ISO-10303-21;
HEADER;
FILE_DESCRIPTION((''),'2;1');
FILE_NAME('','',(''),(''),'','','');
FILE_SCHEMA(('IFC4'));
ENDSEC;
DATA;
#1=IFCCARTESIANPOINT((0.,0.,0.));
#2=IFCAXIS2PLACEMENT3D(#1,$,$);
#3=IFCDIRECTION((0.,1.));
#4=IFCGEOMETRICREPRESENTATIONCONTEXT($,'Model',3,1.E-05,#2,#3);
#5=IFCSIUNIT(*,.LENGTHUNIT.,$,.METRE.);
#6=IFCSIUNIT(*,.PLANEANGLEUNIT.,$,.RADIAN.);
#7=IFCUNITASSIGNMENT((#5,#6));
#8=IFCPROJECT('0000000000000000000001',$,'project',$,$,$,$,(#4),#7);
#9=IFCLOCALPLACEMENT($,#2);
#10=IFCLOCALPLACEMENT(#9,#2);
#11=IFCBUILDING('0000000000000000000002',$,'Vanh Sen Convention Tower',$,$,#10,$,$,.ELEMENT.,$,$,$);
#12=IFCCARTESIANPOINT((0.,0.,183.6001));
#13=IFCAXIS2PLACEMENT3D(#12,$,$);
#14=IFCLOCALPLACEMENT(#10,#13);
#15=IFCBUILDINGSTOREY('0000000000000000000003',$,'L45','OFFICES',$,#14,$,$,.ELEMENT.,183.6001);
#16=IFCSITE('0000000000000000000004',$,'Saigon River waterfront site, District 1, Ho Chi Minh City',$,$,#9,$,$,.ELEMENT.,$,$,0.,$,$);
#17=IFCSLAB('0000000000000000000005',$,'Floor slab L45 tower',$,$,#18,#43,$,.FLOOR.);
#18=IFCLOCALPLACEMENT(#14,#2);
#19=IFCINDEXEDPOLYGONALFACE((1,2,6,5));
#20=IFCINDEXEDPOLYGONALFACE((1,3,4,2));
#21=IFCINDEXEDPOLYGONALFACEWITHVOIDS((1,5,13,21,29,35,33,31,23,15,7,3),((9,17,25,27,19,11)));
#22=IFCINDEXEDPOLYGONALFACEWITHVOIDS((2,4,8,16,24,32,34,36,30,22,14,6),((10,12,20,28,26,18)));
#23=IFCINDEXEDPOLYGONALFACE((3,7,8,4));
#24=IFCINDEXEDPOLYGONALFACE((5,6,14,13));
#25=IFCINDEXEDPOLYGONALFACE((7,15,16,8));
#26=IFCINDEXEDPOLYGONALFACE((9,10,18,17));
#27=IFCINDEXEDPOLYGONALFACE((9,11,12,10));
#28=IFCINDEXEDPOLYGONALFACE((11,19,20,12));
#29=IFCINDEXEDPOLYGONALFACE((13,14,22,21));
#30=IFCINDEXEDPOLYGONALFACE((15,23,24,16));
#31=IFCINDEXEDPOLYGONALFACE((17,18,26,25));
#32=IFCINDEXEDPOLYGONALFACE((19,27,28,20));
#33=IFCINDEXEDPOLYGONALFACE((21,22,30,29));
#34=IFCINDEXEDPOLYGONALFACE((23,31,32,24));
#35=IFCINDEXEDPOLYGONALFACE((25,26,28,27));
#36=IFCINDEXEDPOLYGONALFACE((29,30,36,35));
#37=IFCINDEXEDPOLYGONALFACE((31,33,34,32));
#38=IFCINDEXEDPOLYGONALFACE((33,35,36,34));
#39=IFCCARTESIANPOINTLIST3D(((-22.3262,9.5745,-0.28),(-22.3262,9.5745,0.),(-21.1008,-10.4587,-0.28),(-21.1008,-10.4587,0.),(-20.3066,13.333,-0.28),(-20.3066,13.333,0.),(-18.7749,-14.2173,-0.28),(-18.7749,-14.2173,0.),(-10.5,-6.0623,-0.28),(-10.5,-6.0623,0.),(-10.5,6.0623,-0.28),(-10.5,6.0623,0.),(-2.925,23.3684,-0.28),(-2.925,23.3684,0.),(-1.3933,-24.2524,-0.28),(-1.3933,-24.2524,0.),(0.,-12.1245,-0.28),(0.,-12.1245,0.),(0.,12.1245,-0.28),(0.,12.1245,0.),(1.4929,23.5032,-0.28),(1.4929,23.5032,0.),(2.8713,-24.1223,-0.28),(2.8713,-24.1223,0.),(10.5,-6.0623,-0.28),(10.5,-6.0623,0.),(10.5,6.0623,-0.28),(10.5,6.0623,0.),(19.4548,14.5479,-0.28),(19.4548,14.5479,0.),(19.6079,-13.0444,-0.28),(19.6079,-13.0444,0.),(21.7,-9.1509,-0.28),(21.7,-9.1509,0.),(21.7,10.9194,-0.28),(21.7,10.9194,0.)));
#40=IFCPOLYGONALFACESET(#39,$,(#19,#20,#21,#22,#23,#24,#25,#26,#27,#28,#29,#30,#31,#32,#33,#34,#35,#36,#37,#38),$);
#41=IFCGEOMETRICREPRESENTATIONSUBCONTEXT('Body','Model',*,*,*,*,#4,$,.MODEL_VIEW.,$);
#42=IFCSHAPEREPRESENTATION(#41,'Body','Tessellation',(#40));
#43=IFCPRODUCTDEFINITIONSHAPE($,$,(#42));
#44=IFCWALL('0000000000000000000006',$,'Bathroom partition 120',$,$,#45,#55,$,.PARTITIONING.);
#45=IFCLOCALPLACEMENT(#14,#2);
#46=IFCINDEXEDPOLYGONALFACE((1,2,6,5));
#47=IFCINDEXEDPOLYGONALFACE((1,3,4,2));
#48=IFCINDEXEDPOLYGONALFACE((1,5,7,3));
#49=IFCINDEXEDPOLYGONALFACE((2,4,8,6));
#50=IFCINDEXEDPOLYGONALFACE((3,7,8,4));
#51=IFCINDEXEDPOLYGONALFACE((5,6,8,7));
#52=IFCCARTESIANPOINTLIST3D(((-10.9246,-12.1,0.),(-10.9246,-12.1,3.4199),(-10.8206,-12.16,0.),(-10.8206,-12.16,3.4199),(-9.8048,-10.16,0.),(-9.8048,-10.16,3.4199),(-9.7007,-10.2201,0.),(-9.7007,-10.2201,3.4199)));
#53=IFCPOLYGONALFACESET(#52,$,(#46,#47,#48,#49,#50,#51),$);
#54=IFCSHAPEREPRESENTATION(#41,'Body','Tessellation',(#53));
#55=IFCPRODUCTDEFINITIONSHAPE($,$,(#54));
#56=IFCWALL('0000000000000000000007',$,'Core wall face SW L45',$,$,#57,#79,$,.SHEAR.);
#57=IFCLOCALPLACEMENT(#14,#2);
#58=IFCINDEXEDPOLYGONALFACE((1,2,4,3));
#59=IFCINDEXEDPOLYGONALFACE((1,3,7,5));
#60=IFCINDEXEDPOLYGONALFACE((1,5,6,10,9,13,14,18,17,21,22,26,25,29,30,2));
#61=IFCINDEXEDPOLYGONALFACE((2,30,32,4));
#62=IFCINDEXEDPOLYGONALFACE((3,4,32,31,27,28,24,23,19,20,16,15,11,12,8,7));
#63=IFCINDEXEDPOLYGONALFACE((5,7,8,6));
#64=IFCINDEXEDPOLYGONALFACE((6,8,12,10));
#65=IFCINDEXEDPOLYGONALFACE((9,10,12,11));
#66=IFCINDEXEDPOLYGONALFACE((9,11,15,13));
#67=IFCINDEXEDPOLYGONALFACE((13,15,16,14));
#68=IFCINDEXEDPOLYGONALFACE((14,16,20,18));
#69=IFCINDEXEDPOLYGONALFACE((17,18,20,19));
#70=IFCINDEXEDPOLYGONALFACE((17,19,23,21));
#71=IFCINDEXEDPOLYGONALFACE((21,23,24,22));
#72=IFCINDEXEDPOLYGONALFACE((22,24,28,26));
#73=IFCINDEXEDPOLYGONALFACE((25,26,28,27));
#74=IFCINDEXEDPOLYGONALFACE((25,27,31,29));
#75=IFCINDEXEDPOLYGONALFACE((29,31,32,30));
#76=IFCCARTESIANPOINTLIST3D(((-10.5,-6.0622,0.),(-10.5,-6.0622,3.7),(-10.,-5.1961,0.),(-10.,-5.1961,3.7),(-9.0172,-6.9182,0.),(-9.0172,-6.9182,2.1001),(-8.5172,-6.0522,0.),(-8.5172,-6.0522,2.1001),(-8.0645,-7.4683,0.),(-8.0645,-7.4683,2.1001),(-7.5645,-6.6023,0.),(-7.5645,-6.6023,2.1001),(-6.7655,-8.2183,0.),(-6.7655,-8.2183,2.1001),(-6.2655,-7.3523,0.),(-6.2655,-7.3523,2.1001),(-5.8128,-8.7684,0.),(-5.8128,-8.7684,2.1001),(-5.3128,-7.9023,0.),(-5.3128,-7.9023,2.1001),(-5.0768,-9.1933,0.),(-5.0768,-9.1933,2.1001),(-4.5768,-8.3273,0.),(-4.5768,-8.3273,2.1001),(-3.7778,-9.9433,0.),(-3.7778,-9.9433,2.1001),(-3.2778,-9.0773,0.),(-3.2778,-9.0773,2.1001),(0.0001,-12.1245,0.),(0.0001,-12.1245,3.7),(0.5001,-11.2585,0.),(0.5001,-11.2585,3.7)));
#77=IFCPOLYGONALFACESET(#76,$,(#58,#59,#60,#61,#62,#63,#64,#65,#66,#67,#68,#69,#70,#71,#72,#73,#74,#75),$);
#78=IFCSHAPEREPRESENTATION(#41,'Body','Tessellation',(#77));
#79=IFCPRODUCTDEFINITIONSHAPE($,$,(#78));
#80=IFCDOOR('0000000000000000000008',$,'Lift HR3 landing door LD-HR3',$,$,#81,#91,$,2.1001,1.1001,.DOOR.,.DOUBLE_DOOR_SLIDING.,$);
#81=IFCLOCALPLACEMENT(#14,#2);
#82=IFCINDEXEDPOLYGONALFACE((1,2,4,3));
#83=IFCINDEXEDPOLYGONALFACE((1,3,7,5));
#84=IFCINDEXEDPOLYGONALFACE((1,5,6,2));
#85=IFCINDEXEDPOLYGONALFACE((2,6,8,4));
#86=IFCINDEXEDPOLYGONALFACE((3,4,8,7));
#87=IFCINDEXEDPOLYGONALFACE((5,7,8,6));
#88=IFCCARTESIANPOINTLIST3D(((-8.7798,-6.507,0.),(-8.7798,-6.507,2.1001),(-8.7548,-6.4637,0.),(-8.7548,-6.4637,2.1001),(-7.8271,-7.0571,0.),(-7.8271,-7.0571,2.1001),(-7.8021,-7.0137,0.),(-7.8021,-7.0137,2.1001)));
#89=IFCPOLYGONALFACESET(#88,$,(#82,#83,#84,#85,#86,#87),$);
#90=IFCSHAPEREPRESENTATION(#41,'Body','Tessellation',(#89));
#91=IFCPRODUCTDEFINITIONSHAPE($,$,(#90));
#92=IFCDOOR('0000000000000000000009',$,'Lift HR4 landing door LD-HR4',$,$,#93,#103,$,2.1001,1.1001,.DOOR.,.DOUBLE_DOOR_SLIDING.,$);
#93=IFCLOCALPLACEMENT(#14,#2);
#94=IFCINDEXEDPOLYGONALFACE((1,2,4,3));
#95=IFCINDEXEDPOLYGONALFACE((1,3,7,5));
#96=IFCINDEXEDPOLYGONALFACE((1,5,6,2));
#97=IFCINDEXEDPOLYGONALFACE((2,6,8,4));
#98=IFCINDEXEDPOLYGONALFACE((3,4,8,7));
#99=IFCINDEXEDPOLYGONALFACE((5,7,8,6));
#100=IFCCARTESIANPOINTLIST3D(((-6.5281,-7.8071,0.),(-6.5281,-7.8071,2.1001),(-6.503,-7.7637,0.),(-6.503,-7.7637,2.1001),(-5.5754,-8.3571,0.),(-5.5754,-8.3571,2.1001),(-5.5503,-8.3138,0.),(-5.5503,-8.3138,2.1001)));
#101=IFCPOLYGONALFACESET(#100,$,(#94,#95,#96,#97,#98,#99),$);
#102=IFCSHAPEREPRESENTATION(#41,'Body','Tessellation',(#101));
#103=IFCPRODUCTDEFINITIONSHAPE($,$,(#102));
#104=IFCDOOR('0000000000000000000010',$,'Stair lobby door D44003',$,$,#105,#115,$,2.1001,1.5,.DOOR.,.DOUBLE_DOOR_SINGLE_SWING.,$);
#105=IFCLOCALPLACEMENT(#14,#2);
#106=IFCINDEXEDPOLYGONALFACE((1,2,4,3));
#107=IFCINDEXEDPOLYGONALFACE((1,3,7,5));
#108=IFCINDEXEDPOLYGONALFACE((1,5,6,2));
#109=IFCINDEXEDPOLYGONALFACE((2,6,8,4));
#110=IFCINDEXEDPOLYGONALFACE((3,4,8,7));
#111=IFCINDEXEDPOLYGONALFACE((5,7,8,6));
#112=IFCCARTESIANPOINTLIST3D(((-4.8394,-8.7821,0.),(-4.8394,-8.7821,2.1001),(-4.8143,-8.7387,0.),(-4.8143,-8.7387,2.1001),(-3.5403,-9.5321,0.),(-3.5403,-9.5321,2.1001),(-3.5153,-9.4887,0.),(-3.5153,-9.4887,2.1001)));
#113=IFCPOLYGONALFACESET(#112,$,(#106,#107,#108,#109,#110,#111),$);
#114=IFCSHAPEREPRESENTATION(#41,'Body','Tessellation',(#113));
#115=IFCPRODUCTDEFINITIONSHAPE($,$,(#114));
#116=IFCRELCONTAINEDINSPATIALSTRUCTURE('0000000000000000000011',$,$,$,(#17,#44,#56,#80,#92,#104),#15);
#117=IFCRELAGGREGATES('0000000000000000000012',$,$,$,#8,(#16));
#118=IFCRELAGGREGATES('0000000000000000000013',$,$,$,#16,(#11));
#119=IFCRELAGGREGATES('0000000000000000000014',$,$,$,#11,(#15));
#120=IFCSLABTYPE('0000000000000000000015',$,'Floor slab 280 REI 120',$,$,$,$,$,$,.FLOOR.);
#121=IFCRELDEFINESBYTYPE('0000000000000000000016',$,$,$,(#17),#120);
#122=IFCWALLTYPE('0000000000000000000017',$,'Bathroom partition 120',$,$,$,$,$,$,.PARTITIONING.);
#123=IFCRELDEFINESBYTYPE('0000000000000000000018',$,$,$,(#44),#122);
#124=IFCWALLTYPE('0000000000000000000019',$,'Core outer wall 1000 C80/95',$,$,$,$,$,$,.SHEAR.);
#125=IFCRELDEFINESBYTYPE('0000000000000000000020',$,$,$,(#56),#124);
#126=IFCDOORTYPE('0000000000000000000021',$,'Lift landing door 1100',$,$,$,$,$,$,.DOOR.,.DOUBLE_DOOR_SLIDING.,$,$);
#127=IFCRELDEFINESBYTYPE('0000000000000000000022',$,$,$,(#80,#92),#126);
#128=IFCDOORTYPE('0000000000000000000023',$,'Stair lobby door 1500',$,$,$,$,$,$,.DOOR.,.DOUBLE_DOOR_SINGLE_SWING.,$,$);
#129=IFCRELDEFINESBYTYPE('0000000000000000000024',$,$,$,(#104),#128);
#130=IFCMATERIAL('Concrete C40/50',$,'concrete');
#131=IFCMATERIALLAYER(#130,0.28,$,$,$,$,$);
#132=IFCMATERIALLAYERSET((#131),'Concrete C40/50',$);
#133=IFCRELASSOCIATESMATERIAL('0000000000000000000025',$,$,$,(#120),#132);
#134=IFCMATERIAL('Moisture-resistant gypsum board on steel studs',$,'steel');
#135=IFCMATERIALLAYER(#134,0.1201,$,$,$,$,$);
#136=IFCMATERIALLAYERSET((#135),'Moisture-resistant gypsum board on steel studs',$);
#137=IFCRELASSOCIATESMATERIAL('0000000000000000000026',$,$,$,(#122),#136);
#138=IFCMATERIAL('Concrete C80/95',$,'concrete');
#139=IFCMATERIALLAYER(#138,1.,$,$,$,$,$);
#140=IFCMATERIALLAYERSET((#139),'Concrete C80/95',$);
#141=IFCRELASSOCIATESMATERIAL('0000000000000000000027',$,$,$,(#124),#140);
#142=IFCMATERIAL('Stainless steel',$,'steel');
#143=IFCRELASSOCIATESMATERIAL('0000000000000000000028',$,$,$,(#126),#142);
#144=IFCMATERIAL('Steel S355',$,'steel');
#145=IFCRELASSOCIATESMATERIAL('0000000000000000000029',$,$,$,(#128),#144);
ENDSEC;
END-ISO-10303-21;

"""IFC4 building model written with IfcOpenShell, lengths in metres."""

from ifc_helpers import new_model, si_unit, direction, frame, frame_2d, origin, place, context, subcontext, project, spatial, polyline, rectangle, outline, extrude, material, layer, layer_set, type_object, element, fill, save


model = new_model("IFC4")

# Units and contexts
model_context = context("Model", 3, precision=1e-05, world=origin(), true_north=direction((0.0, 1.0)))
body_context = subcontext(model_context, "Body", "Model", "MODEL_VIEW")
ifc_project = project(units=[si_unit("LENGTHUNIT", "METRE"), si_unit("PLANEANGLEUNIT", "RADIAN")], contexts=[model_context])

# Site, building, storey
site_placement = place(None, origin())
site = spatial("IfcSite", under=ifc_project, at=site_placement, Name="Saigon River waterfront site, District 1, Ho Chi Minh City", CompositionType="ELEMENT", RefElevation=0.0)
building_placement = place(site_placement, origin())
building = spatial("IfcBuilding", under=site, at=building_placement, Name="Vanh Sen Convention Tower", CompositionType="ELEMENT")
storey_placement = place(building_placement, frame((0.0, 0.0, 183.6001)))
storey = spatial("IfcBuildingStorey", under=building, at=storey_placement, Name="L45", Description="OFFICES", CompositionType="ELEMENT", Elevation=183.6001)

# Slab
ifc_material_1 = material(Name="Concrete C40/50", Category="concrete")
ifc_layer_1 = layer(ifc_material_1, 0.28)
ifc_layer_set_1 = layer_set([ifc_layer_1], Name="Concrete C40/50")
slab_type = type_object("IfcSlabType", Name="Floor slab 280 REI 120", PredefinedType="FLOOR", material=ifc_layer_set_1)
slab_placement = place(storey_placement, frame((0.0, 0.0, -0.28)))
element("IfcSlab", 1, at=slab_placement, inside=storey, type_object=slab_type, Name="Floor slab L45 tower", PredefinedType="FLOOR", context=body_context, shape_type="SweptSolid", body=[
    extrude(outline(polyline([(21.7, -9.1509), (21.7, 10.9194), (19.4548, 14.5479), (1.4929, 23.5032), (-2.925, 23.3684), (-20.3066, 13.333), (-22.3262, 9.5745), (-21.1008, -10.4587), (-18.7749, -14.2173), (-1.3933, -24.2524), (2.8713, -24.1223), (19.6079, -13.0444), (21.7, -9.1509)]), holes=[polyline([(0.0, 12.1245), (-10.5, 6.0623), (-10.5, -6.0623), (0.0, -12.1245), (10.5, -6.0623), (10.5, 6.0623), (0.0, 12.1245)])]), origin(), (0.0, 0.0, 1.0), 0.28),
])

# Wall
ifc_material_2 = material(Name="Moisture-resistant gypsum board on steel studs", Category="steel")
ifc_layer_2 = layer(ifc_material_2, 0.1201)
ifc_layer_set_2 = layer_set([ifc_layer_2], Name="Moisture-resistant gypsum board on steel studs")
wall_type_1 = type_object("IfcWallType", Name="Bathroom partition 120", PredefinedType="PARTITIONING", material=ifc_layer_set_2)
wall_1_placement = place(storey_placement, frame((-9.7527, -10.1899, 0.0), z_axis=(0.0, 0.0, 1.0), x_axis=(-0.499949, -0.866055, 0.0)))
element("IfcWall", 2, at=wall_1_placement, inside=storey, type_object=wall_type_1, Name="Bathroom partition 120", PredefinedType="PARTITIONING", context=body_context, shape_type="SweptSolid", body=[
    extrude(rectangle(XDim=2.24, YDim=0.1201, at=frame_2d((1.1201, 0.0))), origin(), (0.0, 0.0, 1.0), 3.4199),
])

# Wall, openings, doors
ifc_material_3 = material(Name="Concrete C80/95", Category="concrete")
ifc_layer_3 = layer(ifc_material_3, 1.0)
ifc_layer_set_3 = layer_set([ifc_layer_3], Name="Concrete C80/95")
wall_type_2 = type_object("IfcWallType", Name="Core outer wall 1000 C80/95", PredefinedType="SHEAR", material=ifc_layer_set_3)
wall_2_placement = place(storey_placement, frame((-10.25, -5.6292, 0.0), z_axis=(0.0, 0.0, 1.0), x_axis=(0.866023, -0.500005, 0.0)))
wall_2 = element("IfcWall", 3, at=wall_2_placement, inside=storey, type_object=wall_type_2, Name="Core wall face SW L45", PredefinedType="SHEAR", context=body_context, shape_type="SweptSolid", body=[
    extrude(rectangle(XDim=12.1245, YDim=1.0, at=frame_2d((6.0623, 0.0))), origin(), (0.0, 0.0, 1.0), 3.7),
])
opening_1_placement = place(wall_2_placement, frame((6.2622, 0.0, 0.0)))
opening_1 = element("IfcOpeningElement", 4, at=opening_1_placement, cuts=wall_2, PredefinedType="OPENING", context=body_context, shape_type="SweptSolid", body=[
    extrude(rectangle(XDim=1.5, YDim=2.1001, at=frame_2d((0.75, 1.05))), frame((0.0, 0.51, 0.0), z_axis=(0.0, -1.0, 0.0), x_axis=(1.0, 0.0, 0.0)), (0.0, 0.0, 1.0), 1.02),
])
opening_2_placement = place(wall_2_placement, frame((1.7122, 0.0, 0.0)))
opening_2 = element("IfcOpeningElement", 5, at=opening_2_placement, cuts=wall_2, PredefinedType="OPENING", context=body_context, shape_type="SweptSolid", body=[
    extrude(rectangle(XDim=1.1001, YDim=2.1001, at=frame_2d((0.55, 1.05))), frame((0.0, 0.51, 0.0), z_axis=(0.0, -1.0, 0.0), x_axis=(1.0, 0.0, 0.0)), (0.0, 0.0, 1.0), 1.02),
])
opening_3_placement = place(wall_2_placement, frame((4.3123, 0.0, 0.0)))
opening_3 = element("IfcOpeningElement", 6, at=opening_3_placement, cuts=wall_2, PredefinedType="OPENING", context=body_context, shape_type="SweptSolid", body=[
    extrude(rectangle(XDim=1.1001, YDim=2.1001, at=frame_2d((0.55, 1.05))), frame((0.0, 0.51, 0.0), z_axis=(0.0, -1.0, 0.0), x_axis=(1.0, 0.0, 0.0)), (0.0, 0.0, 1.0), 1.02),
])
ifc_material_4 = material(Name="Stainless steel", Category="steel")
door_type_1 = type_object("IfcDoorType", Name="Lift landing door 1100", OperationType="DOUBLE_DOOR_SLIDING", PredefinedType="DOOR", material=ifc_material_4)
door_1_placement = place(opening_2_placement, origin())
door_1 = element("IfcDoor", 7, at=door_1_placement, inside=storey, type_object=door_type_1, Name="Lift HR3 landing door LD-HR3", OperationType="DOUBLE_DOOR_SLIDING", OverallHeight=2.1001, OverallWidth=1.1001, PredefinedType="DOOR", context=body_context, shape_type="SweptSolid", body=[
    extrude(rectangle(XDim=1.1001, YDim=2.1001, at=frame_2d((0.55, 1.05))), frame((0.0, 0.0249, 0.0), z_axis=(0.0, -1.0, 0.0), x_axis=(1.0, 0.0, 0.0)), (0.0, 0.0, 1.0), 0.05),
])
fill(opening_2, door_1)
door_2_placement = place(opening_3_placement, origin())
door_2 = element("IfcDoor", 8, at=door_2_placement, inside=storey, type_object=door_type_1, Name="Lift HR4 landing door LD-HR4", OperationType="DOUBLE_DOOR_SLIDING", OverallHeight=2.1001, OverallWidth=1.1001, PredefinedType="DOOR", context=body_context, shape_type="SweptSolid", body=[
    extrude(rectangle(XDim=1.1001, YDim=2.1001, at=frame_2d((0.55, 1.05))), frame((0.0, 0.0249, 0.0), z_axis=(0.0, -1.0, 0.0), x_axis=(1.0, 0.0, 0.0)), (0.0, 0.0, 1.0), 0.05),
])
fill(opening_3, door_2)
ifc_material_5 = material(Name="Steel S355", Category="steel")
door_type_2 = type_object("IfcDoorType", Name="Stair lobby door 1500", OperationType="DOUBLE_DOOR_SINGLE_SWING", PredefinedType="DOOR", material=ifc_material_5)
door_3_placement = place(opening_1_placement, origin())
door_3 = element("IfcDoor", 9, at=door_3_placement, inside=storey, type_object=door_type_2, Name="Stair lobby door D44003", OperationType="DOUBLE_DOOR_SINGLE_SWING", OverallHeight=2.1001, OverallWidth=1.5, PredefinedType="DOOR", context=body_context, shape_type="SweptSolid", body=[
    extrude(rectangle(XDim=1.5, YDim=2.1001, at=frame_2d((0.75, 1.05))), frame((0.0, 0.0249, 0.0), z_axis=(0.0, -1.0, 0.0), x_axis=(1.0, 0.0, 0.0)), (0.0, 0.0, 1.0), 0.05),
])
fill(opening_1, door_3)

save(model, "model.ifc")
